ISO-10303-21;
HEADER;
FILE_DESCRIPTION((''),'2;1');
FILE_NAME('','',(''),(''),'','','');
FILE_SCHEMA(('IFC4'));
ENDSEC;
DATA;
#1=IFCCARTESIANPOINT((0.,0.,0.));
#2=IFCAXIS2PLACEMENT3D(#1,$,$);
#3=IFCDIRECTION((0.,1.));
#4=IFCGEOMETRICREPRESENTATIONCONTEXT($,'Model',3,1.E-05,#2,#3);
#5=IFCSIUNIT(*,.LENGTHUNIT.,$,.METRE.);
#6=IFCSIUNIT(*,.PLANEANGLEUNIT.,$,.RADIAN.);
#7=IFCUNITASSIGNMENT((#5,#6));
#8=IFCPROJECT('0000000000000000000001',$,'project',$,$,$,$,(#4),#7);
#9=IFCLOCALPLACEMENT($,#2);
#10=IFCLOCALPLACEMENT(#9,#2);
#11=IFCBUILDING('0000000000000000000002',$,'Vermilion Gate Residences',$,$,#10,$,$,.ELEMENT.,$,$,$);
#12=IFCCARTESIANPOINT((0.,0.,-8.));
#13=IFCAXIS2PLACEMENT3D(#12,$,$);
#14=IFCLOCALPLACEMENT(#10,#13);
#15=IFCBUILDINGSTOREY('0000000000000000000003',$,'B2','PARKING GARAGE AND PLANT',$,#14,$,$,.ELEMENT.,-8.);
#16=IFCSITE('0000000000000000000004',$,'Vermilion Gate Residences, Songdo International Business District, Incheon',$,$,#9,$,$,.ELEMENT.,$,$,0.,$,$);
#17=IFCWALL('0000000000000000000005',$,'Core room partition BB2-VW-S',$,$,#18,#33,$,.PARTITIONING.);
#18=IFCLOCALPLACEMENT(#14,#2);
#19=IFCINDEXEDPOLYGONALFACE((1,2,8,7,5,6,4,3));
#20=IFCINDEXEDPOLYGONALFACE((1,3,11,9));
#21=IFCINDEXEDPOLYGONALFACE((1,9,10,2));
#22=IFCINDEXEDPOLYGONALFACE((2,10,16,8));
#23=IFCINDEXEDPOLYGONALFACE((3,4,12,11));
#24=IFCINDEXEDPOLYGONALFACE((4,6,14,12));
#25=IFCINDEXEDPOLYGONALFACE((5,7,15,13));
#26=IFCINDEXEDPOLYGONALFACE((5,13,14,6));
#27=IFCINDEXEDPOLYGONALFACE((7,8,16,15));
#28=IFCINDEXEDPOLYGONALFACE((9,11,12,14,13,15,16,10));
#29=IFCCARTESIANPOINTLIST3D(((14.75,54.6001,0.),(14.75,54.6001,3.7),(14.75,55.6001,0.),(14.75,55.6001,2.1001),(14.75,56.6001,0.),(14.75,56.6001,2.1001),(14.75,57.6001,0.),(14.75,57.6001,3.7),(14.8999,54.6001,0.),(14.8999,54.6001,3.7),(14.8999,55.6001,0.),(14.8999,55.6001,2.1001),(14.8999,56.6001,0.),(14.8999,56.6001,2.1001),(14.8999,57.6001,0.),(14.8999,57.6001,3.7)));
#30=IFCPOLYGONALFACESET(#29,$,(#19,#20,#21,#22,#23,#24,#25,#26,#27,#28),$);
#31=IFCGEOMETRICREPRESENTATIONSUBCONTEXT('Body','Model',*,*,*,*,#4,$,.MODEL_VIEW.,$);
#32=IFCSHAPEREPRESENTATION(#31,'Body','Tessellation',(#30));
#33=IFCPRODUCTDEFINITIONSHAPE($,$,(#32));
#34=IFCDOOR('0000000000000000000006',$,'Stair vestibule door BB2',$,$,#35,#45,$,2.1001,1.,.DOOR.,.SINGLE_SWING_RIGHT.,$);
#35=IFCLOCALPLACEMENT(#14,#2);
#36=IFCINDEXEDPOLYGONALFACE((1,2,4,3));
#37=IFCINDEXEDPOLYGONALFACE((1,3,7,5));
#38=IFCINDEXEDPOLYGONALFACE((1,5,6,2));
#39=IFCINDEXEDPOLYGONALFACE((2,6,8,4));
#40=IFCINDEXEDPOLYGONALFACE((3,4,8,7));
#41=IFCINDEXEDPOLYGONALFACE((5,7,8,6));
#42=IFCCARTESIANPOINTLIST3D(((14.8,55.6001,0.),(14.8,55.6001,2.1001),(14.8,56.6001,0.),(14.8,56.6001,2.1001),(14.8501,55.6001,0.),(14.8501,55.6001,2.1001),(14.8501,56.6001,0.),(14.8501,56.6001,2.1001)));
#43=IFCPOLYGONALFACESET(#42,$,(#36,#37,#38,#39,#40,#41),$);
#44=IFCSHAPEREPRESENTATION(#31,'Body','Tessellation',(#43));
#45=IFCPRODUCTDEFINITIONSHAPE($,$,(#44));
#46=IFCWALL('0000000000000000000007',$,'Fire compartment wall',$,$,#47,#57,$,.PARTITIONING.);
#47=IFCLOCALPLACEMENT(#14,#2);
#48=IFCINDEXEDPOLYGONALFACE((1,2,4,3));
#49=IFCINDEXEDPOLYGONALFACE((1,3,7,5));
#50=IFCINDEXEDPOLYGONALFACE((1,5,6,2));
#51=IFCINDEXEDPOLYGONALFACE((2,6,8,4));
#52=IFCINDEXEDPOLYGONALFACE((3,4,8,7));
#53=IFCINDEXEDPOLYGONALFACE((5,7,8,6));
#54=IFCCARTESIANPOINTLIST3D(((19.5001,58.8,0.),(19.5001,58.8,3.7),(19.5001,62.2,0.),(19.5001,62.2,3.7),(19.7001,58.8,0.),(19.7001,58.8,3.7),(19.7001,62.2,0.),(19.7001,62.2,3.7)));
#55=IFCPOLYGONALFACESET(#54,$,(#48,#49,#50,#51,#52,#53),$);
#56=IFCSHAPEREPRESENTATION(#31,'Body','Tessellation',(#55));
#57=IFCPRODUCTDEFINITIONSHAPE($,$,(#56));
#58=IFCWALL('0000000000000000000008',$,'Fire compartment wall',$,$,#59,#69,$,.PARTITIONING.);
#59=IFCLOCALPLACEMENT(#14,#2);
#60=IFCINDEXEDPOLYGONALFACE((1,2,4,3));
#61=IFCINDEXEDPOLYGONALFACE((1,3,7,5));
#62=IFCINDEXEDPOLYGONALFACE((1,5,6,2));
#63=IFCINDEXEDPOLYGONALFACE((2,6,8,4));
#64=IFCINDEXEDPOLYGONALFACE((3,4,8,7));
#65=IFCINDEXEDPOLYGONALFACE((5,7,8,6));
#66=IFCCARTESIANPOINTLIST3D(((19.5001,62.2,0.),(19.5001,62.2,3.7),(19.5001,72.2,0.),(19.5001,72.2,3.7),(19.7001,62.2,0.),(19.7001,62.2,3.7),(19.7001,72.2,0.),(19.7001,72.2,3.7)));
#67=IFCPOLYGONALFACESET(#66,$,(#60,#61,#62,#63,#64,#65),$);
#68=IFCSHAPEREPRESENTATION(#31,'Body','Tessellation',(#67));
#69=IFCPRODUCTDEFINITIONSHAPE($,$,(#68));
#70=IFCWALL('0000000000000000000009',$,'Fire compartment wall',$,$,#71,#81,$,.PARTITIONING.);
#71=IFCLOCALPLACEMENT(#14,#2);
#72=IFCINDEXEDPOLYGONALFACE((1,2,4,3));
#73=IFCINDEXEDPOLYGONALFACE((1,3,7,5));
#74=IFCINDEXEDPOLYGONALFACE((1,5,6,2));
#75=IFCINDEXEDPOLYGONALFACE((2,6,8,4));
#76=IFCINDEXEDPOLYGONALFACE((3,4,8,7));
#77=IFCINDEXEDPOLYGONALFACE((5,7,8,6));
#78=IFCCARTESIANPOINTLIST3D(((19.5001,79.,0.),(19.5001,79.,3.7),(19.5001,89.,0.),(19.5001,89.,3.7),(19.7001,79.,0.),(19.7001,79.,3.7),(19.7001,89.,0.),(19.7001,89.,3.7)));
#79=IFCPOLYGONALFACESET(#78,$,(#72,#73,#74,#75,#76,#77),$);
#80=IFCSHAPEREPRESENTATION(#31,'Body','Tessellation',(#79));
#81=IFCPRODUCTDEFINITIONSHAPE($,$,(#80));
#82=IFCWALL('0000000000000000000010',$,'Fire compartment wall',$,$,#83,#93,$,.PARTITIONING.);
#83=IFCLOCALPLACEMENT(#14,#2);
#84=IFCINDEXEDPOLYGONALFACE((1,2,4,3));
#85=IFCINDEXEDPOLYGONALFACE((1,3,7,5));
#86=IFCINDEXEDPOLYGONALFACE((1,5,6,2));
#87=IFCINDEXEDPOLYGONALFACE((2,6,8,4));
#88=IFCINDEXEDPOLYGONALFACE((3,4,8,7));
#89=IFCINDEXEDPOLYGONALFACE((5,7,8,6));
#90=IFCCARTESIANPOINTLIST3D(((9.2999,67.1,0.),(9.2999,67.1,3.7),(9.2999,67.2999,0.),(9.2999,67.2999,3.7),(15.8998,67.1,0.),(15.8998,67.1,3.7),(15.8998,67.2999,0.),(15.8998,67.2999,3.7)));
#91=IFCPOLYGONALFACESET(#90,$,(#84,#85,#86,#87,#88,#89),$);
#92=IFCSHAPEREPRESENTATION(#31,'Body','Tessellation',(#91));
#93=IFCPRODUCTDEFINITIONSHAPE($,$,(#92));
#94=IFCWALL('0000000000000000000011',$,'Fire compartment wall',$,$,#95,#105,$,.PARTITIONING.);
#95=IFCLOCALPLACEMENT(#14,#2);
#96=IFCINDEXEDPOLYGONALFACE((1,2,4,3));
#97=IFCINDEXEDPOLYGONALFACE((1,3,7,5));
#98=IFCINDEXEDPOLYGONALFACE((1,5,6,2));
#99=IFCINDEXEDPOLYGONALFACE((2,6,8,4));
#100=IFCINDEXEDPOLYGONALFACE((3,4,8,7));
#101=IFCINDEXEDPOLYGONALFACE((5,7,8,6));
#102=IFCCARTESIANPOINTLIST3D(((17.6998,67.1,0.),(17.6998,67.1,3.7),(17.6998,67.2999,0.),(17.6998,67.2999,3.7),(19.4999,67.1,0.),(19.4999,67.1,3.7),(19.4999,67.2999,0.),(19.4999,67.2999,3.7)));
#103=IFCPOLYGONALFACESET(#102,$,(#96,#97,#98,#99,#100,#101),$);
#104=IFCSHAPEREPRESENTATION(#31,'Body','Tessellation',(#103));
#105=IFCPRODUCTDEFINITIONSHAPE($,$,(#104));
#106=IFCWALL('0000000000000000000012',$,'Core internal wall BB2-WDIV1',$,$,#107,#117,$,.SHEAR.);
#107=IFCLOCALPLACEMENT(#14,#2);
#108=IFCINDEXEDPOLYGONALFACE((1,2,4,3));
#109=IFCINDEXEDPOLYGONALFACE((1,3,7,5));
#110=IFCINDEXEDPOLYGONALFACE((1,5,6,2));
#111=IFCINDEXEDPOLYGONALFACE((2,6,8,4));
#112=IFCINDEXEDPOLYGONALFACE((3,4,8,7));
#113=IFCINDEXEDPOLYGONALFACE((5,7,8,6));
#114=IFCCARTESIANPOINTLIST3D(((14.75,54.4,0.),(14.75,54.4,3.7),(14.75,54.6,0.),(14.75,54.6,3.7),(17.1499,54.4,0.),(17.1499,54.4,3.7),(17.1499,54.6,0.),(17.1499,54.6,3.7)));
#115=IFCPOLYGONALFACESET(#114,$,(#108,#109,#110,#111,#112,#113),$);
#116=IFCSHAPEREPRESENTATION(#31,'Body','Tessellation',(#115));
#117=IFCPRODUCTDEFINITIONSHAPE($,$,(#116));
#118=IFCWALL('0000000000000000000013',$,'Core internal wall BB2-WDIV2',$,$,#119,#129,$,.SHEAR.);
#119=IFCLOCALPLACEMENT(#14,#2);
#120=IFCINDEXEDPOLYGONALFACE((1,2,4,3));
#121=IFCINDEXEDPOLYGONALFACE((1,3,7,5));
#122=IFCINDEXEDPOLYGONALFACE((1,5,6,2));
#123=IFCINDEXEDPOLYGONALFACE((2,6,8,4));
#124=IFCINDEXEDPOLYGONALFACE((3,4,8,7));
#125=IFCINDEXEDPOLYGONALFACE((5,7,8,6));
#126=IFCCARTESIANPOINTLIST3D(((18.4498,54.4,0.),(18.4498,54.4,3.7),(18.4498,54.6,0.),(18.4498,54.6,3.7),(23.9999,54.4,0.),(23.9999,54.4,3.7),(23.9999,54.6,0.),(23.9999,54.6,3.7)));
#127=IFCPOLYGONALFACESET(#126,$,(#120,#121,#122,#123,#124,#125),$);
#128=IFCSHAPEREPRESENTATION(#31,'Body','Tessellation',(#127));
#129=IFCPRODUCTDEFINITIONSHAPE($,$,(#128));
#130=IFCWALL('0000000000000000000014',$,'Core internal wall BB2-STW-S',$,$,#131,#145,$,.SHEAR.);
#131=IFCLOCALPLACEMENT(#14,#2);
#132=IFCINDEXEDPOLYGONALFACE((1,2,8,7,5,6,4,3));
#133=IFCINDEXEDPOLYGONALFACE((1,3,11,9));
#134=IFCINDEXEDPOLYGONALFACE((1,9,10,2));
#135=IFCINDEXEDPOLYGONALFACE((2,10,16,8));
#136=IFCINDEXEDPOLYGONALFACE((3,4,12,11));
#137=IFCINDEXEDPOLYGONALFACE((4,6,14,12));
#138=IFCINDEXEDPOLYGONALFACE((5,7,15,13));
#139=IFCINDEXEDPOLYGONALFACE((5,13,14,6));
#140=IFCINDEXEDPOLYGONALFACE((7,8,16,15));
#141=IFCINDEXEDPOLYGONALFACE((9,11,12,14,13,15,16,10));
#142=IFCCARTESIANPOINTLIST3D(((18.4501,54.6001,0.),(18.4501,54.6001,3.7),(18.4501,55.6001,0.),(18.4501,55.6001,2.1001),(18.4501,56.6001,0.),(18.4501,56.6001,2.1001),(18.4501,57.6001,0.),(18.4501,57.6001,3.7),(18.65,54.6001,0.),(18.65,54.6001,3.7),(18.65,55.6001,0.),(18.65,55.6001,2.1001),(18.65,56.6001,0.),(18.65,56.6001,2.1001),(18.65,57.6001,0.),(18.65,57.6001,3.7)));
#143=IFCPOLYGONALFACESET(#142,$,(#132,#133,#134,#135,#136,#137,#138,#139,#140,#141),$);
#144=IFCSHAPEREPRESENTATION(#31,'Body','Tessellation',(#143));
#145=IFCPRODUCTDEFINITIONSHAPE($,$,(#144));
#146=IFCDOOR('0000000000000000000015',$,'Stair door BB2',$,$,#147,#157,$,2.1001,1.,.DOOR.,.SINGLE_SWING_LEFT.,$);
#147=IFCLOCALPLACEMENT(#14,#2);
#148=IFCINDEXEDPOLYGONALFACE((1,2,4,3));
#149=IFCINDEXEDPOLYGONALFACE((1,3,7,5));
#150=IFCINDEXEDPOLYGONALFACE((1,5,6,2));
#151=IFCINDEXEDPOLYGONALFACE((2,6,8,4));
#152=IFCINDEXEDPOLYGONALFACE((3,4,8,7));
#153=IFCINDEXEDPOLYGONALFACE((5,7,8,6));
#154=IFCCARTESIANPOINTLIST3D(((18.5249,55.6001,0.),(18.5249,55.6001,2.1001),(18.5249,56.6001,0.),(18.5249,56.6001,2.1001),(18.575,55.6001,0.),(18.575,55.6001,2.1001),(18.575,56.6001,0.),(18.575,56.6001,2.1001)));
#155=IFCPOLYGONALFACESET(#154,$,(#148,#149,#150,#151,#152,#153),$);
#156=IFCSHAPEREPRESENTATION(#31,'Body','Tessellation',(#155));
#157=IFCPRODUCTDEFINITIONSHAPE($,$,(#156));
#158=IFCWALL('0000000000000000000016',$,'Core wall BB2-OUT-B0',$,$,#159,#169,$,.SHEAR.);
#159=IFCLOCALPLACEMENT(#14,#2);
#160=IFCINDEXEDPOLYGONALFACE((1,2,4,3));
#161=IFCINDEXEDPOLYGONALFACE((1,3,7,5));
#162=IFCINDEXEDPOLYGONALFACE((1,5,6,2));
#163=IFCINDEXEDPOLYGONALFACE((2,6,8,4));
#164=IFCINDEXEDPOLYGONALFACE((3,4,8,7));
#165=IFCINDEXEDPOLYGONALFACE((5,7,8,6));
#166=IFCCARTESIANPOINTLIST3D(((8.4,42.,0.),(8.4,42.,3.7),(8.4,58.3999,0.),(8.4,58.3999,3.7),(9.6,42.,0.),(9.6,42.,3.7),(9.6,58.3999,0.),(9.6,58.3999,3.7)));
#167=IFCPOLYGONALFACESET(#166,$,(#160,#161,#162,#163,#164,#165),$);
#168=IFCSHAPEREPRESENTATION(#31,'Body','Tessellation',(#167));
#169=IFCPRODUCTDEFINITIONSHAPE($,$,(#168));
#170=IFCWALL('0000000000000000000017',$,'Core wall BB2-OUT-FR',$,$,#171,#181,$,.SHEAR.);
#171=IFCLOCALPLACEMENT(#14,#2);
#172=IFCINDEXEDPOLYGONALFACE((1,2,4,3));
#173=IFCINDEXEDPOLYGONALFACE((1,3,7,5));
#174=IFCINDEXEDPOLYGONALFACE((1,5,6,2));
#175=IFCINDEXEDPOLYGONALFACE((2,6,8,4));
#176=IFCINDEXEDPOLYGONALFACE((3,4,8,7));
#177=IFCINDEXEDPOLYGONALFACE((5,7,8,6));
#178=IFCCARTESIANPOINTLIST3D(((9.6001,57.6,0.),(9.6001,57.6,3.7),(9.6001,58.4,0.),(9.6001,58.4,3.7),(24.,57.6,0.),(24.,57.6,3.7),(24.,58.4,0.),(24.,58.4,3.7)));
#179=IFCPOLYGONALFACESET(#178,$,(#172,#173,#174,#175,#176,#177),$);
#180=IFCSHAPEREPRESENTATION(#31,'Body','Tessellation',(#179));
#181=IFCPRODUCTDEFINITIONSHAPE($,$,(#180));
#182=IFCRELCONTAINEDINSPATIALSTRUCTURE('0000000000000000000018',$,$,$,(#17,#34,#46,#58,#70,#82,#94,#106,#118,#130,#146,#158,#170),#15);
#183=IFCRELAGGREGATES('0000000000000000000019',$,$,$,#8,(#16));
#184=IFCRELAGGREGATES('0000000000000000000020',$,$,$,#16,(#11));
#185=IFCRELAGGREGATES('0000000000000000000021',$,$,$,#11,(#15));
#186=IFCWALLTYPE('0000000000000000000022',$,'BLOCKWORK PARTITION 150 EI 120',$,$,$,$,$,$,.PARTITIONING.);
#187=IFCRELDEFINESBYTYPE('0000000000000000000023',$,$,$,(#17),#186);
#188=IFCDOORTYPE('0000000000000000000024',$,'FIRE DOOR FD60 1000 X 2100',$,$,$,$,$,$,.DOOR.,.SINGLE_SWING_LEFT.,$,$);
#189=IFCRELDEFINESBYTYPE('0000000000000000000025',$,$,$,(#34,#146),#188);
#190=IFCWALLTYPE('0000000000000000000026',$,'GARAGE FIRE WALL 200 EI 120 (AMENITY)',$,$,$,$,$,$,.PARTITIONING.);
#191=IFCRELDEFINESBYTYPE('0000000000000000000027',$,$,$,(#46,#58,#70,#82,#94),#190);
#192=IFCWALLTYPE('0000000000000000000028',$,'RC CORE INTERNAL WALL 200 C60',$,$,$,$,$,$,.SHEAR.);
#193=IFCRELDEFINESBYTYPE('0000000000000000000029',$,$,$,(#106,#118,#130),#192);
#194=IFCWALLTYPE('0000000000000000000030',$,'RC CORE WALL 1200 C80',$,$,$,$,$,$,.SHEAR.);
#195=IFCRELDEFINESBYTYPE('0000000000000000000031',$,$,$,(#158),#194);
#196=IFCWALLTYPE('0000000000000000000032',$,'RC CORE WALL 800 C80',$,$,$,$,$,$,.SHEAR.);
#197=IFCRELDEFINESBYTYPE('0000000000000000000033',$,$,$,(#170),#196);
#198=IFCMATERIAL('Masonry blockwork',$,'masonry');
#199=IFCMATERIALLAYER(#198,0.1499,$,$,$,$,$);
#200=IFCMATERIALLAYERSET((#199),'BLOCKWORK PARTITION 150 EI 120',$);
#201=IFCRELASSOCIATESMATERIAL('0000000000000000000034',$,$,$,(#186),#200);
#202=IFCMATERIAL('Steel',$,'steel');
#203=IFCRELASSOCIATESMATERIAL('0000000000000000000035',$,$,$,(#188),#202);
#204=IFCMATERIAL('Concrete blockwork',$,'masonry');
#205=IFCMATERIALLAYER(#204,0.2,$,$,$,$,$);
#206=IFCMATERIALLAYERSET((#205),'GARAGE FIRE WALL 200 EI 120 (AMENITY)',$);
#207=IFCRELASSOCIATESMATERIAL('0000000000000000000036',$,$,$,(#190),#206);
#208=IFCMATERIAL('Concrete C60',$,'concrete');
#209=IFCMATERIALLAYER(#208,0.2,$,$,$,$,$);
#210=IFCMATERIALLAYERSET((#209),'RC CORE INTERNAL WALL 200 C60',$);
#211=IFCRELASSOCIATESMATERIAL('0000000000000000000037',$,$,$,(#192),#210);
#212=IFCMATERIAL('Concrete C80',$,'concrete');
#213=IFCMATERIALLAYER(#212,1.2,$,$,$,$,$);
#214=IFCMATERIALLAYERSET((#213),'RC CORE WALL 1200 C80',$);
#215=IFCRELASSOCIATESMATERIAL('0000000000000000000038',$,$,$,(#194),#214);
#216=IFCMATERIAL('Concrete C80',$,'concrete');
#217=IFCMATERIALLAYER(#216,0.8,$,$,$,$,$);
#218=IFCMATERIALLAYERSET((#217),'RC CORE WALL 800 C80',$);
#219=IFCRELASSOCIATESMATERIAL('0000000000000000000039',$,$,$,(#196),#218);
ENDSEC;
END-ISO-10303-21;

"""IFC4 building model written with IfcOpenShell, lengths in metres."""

from ifc_helpers import new_model, si_unit, direction, frame, frame_2d, origin, place, context, subcontext, project, spatial, rectangle, extrude, material, layer, layer_set, type_object, element, fill, save


model = new_model("IFC4")

# Units and contexts
model_context = context("Model", 3, precision=1e-05, world=origin(), true_north=direction((0.0, 1.0)))
body_context = subcontext(model_context, "Body", "Model", "MODEL_VIEW")
ifc_project = project(units=[si_unit("LENGTHUNIT", "METRE"), si_unit("PLANEANGLEUNIT", "RADIAN")], contexts=[model_context])

# Site, building, storey
site_placement = place(None, origin())
site = spatial("IfcSite", under=ifc_project, at=site_placement, Name="Vermilion Gate Residences, Songdo International Business District, Incheon", CompositionType="ELEMENT", RefElevation=0.0)
building_placement = place(site_placement, origin())
building = spatial("IfcBuilding", under=site, at=building_placement, Name="Vermilion Gate Residences", CompositionType="ELEMENT")
storey_placement = place(building_placement, frame((0.0, 0.0, -8.0)))
storey = spatial("IfcBuildingStorey", under=building, at=storey_placement, Name="B2", Description="PARKING GARAGE AND PLANT", CompositionType="ELEMENT", Elevation=-8.0)

# Shared definitions
ifc_material_1 = material(Name="Masonry blockwork", Category="masonry")
ifc_layer_1 = layer(ifc_material_1, 0.1499)
ifc_layer_set_1 = layer_set([ifc_layer_1], Name="BLOCKWORK PARTITION 150 EI 120")
wall_type_1 = type_object("IfcWallType", Name="BLOCKWORK PARTITION 150 EI 120", PredefinedType="PARTITIONING", material=ifc_layer_set_1)

# Wall, opening, door
wall_1_placement = place(storey_placement, frame((14.825, 57.6001, 0.0), z_axis=(0.0, 0.0, 1.0), x_axis=(0.0, -1.0, 0.0)))
wall_1 = element("IfcWall", 1, at=wall_1_placement, inside=storey, type_object=wall_type_1, Name="Core room partition BB2-VW-S", PredefinedType="PARTITIONING", context=body_context, shape_type="SweptSolid", body=[
    extrude(rectangle(XDim=3.0, YDim=0.1499, at=frame_2d((1.5, 0.0))), origin(), (0.0, 0.0, 1.0), 3.7),
])
opening_1_placement = place(wall_1_placement, frame((1.0, 0.0, 0.0)))
opening_1 = element("IfcOpeningElement", 2, at=opening_1_placement, cuts=wall_1, PredefinedType="OPENING", context=body_context, shape_type="SweptSolid", body=[
    extrude(rectangle(XDim=1.0, YDim=2.1001, at=frame_2d((0.5, 1.05))), frame((0.0, 0.085, 0.0), z_axis=(0.0, -1.0, 0.0), x_axis=(1.0, 0.0, 0.0)), (0.0, 0.0, 1.0), 0.1699),
])
ifc_material_2 = material(Name="Steel", Category="steel")
door_type_1 = type_object("IfcDoorType", Name="FIRE DOOR FD60 1000 X 2100", OperationType="SINGLE_SWING_LEFT", PredefinedType="DOOR", material=ifc_material_2)
door_1_placement = place(opening_1_placement, frame((1.0, 0.0, 0.0), z_axis=(0.0, 0.0, 1.0), x_axis=(-1.0, 0.0, 0.0)))
door_1 = element("IfcDoor", 3, at=door_1_placement, inside=storey, type_object=door_type_1, Name="Stair vestibule door BB2", OperationType="SINGLE_SWING_RIGHT", OverallHeight=2.1001, OverallWidth=1.0, PredefinedType="DOOR", context=body_context, shape_type="SweptSolid", body=[
    extrude(rectangle(XDim=1.0, YDim=2.1001, at=frame_2d((0.5, 1.05))), frame((0.0, 0.0249, 0.0), z_axis=(0.0, -1.0, 0.0), x_axis=(1.0, 0.0, 0.0)), (0.0, 0.0, 1.0), 0.05),
])
fill(opening_1, door_1)

# Walls
ifc_material_3 = material(Name="Concrete blockwork", Category="masonry")
ifc_layer_2 = layer(ifc_material_3, 0.2)
ifc_layer_set_2 = layer_set([ifc_layer_2], Name="GARAGE FIRE WALL 200 EI 120 (AMENITY)")
wall_type_2 = type_object("IfcWallType", Name="GARAGE FIRE WALL 200 EI 120 (AMENITY)", PredefinedType="PARTITIONING", material=ifc_layer_set_2)
wall_2_placement = place(storey_placement, frame((19.6001, 58.8, 0.0), z_axis=(0.0, 0.0, 1.0), x_axis=(0.0, 1.0, 0.0)))
element("IfcWall", 4, at=wall_2_placement, inside=storey, type_object=wall_type_2, Name="Fire compartment wall", PredefinedType="PARTITIONING", context=body_context, shape_type="SweptSolid", body=[
    extrude(rectangle(XDim=3.3999, YDim=0.2, at=frame_2d((1.7, 0.0))), origin(), (0.0, 0.0, 1.0), 3.7),
])
wall_3_placement = place(storey_placement, frame((19.6001, 62.2, 0.0), z_axis=(0.0, 0.0, 1.0), x_axis=(0.0, 1.0, 0.0)))
element("IfcWall", 5, at=wall_3_placement, inside=storey, type_object=wall_type_2, Name="Fire compartment wall", PredefinedType="PARTITIONING", context=body_context, shape_type="SweptSolid", body=[
    extrude(rectangle(XDim=10.0, YDim=0.2, at=frame_2d((5.0, 0.0))), origin(), (0.0, 0.0, 1.0), 3.7),
])

# Walls
wall_4_placement = place(storey_placement, frame((19.6001, 79.0, 0.0), z_axis=(0.0, 0.0, 1.0), x_axis=(0.0, 1.0, 0.0)))
element("IfcWall", 6, at=wall_4_placement, inside=storey, type_object=wall_type_2, Name="Fire compartment wall", PredefinedType="PARTITIONING", context=body_context, shape_type="SweptSolid", body=[
    extrude(rectangle(XDim=10.0, YDim=0.2, at=frame_2d((5.0, 0.0))), origin(), (0.0, 0.0, 1.0), 3.7),
])
wall_5_placement = place(storey_placement, frame((9.3, 67.2, 0.0), z_axis=(0.0, 0.0, 1.0), x_axis=(1.0, 0.0, 0.0)))
element("IfcWall", 7, at=wall_5_placement, inside=storey, type_object=wall_type_2, Name="Fire compartment wall", PredefinedType="PARTITIONING", context=body_context, shape_type="SweptSolid", body=[
    extrude(rectangle(XDim=6.5999, YDim=0.2, at=frame_2d((3.2998, 0.0))), origin(), (0.0, 0.0, 1.0), 3.7),
])
wall_6_placement = place(storey_placement, frame((17.7, 67.2, 0.0), z_axis=(0.0, 0.0, 1.0), x_axis=(1.0, 0.0, 0.0)))
element("IfcWall", 8, at=wall_6_placement, inside=storey, type_object=wall_type_2, Name="Fire compartment wall", PredefinedType="PARTITIONING", context=body_context, shape_type="SweptSolid", body=[
    extrude(rectangle(XDim=1.8, YDim=0.2, at=frame_2d((0.8999, 0.0))), origin(), (0.0, 0.0, 1.0), 3.7),
])
ifc_material_4 = material(Name="Concrete C60", Category="concrete")
ifc_layer_3 = layer(ifc_material_4, 0.2)
ifc_layer_set_3 = layer_set([ifc_layer_3], Name="RC CORE INTERNAL WALL 200 C60")
wall_type_3 = type_object("IfcWallType", Name="RC CORE INTERNAL WALL 200 C60", PredefinedType="SHEAR", material=ifc_layer_set_3)
wall_7_placement = place(storey_placement, frame((14.75, 54.5, 0.0), z_axis=(0.0, 0.0, 1.0), x_axis=(1.0, 0.0, 0.0)))
element("IfcWall", 9, at=wall_7_placement, inside=storey, type_object=wall_type_3, Name="Core internal wall BB2-WDIV1", PredefinedType="SHEAR", context=body_context, shape_type="SweptSolid", body=[
    extrude(rectangle(XDim=2.3999, YDim=0.2, at=frame_2d((1.2, 0.0))), origin(), (0.0, 0.0, 1.0), 3.7),
])
wall_8_placement = place(storey_placement, frame((18.45, 54.5, 0.0), z_axis=(0.0, 0.0, 1.0), x_axis=(1.0, 0.0, 0.0)))
element("IfcWall", 10, at=wall_8_placement, inside=storey, type_object=wall_type_3, Name="Core internal wall BB2-WDIV2", PredefinedType="SHEAR", context=body_context, shape_type="SweptSolid", body=[
    extrude(rectangle(XDim=5.55, YDim=0.2, at=frame_2d((2.7749, 0.0))), origin(), (0.0, 0.0, 1.0), 3.7),
])

# Wall, opening, door
wall_9_placement = place(storey_placement, frame((18.55, 57.6001, 0.0), z_axis=(0.0, 0.0, 1.0), x_axis=(0.0, -1.0, 0.0)))
wall_9 = element("IfcWall", 11, at=wall_9_placement, inside=storey, type_object=wall_type_3, Name="Core internal wall BB2-STW-S", PredefinedType="SHEAR", context=body_context, shape_type="SweptSolid", body=[
    extrude(rectangle(XDim=3.0, YDim=0.2, at=frame_2d((1.5, 0.0))), origin(), (0.0, 0.0, 1.0), 3.7),
])
opening_2_placement = place(wall_9_placement, frame((1.0, 0.0, 0.0)))
opening_2 = element("IfcOpeningElement", 12, at=opening_2_placement, cuts=wall_9, PredefinedType="OPENING", context=body_context, shape_type="SweptSolid", body=[
    extrude(rectangle(XDim=1.0, YDim=2.1001, at=frame_2d((0.5, 1.05))), frame((0.0, 0.1099, 0.0), z_axis=(0.0, -1.0, 0.0), x_axis=(1.0, 0.0, 0.0)), (0.0, 0.0, 1.0), 0.22),
])
door_2_placement = place(opening_2_placement, origin())
door_2 = element("IfcDoor", 13, at=door_2_placement, inside=storey, type_object=door_type_1, Name="Stair door BB2", OperationType="SINGLE_SWING_LEFT", OverallHeight=2.1001, OverallWidth=1.0, PredefinedType="DOOR", context=body_context, shape_type="SweptSolid", body=[
    extrude(rectangle(XDim=1.0, YDim=2.1001, at=frame_2d((0.5, 1.05))), frame((0.0, 0.0249, 0.0), z_axis=(0.0, -1.0, 0.0), x_axis=(1.0, 0.0, 0.0)), (0.0, 0.0, 1.0), 0.05),
])
fill(opening_2, door_2)

# Walls
ifc_material_5 = material(Name="Concrete C80", Category="concrete")
ifc_layer_4 = layer(ifc_material_5, 1.2)
ifc_layer_set_4 = layer_set([ifc_layer_4], Name="RC CORE WALL 1200 C80")
wall_type_4 = type_object("IfcWallType", Name="RC CORE WALL 1200 C80", PredefinedType="SHEAR", material=ifc_layer_set_4)
wall_10_placement = place(storey_placement, frame((9.0, 58.3999, 0.0), z_axis=(0.0, 0.0, 1.0), x_axis=(0.0, -1.0, 0.0)))
element("IfcWall", 14, at=wall_10_placement, inside=storey, type_object=wall_type_4, Name="Core wall BB2-OUT-B0", PredefinedType="SHEAR", context=body_context, shape_type="SweptSolid", body=[
    extrude(rectangle(XDim=16.3999, YDim=1.2, at=frame_2d((8.2, 0.0))), origin(), (0.0, 0.0, 1.0), 3.7),
])
ifc_material_6 = material(Name="Concrete C80", Category="concrete")
ifc_layer_5 = layer(ifc_material_6, 0.8)
ifc_layer_set_5 = layer_set([ifc_layer_5], Name="RC CORE WALL 800 C80")
wall_type_5 = type_object("IfcWallType", Name="RC CORE WALL 800 C80", PredefinedType="SHEAR", material=ifc_layer_set_5)
wall_11_placement = place(storey_placement, frame((9.6001, 58.0, 0.0), z_axis=(0.0, 0.0, 1.0), x_axis=(1.0, 0.0, 0.0)))
element("IfcWall", 15, at=wall_11_placement, inside=storey, type_object=wall_type_5, Name="Core wall BB2-OUT-FR", PredefinedType="SHEAR", context=body_context, shape_type="SweptSolid", body=[
    extrude(rectangle(XDim=14.3999, YDim=0.8, at=frame_2d((7.2, 0.0))), origin(), (0.0, 0.0, 1.0), 3.7),
])

save(model, "model.ifc")
